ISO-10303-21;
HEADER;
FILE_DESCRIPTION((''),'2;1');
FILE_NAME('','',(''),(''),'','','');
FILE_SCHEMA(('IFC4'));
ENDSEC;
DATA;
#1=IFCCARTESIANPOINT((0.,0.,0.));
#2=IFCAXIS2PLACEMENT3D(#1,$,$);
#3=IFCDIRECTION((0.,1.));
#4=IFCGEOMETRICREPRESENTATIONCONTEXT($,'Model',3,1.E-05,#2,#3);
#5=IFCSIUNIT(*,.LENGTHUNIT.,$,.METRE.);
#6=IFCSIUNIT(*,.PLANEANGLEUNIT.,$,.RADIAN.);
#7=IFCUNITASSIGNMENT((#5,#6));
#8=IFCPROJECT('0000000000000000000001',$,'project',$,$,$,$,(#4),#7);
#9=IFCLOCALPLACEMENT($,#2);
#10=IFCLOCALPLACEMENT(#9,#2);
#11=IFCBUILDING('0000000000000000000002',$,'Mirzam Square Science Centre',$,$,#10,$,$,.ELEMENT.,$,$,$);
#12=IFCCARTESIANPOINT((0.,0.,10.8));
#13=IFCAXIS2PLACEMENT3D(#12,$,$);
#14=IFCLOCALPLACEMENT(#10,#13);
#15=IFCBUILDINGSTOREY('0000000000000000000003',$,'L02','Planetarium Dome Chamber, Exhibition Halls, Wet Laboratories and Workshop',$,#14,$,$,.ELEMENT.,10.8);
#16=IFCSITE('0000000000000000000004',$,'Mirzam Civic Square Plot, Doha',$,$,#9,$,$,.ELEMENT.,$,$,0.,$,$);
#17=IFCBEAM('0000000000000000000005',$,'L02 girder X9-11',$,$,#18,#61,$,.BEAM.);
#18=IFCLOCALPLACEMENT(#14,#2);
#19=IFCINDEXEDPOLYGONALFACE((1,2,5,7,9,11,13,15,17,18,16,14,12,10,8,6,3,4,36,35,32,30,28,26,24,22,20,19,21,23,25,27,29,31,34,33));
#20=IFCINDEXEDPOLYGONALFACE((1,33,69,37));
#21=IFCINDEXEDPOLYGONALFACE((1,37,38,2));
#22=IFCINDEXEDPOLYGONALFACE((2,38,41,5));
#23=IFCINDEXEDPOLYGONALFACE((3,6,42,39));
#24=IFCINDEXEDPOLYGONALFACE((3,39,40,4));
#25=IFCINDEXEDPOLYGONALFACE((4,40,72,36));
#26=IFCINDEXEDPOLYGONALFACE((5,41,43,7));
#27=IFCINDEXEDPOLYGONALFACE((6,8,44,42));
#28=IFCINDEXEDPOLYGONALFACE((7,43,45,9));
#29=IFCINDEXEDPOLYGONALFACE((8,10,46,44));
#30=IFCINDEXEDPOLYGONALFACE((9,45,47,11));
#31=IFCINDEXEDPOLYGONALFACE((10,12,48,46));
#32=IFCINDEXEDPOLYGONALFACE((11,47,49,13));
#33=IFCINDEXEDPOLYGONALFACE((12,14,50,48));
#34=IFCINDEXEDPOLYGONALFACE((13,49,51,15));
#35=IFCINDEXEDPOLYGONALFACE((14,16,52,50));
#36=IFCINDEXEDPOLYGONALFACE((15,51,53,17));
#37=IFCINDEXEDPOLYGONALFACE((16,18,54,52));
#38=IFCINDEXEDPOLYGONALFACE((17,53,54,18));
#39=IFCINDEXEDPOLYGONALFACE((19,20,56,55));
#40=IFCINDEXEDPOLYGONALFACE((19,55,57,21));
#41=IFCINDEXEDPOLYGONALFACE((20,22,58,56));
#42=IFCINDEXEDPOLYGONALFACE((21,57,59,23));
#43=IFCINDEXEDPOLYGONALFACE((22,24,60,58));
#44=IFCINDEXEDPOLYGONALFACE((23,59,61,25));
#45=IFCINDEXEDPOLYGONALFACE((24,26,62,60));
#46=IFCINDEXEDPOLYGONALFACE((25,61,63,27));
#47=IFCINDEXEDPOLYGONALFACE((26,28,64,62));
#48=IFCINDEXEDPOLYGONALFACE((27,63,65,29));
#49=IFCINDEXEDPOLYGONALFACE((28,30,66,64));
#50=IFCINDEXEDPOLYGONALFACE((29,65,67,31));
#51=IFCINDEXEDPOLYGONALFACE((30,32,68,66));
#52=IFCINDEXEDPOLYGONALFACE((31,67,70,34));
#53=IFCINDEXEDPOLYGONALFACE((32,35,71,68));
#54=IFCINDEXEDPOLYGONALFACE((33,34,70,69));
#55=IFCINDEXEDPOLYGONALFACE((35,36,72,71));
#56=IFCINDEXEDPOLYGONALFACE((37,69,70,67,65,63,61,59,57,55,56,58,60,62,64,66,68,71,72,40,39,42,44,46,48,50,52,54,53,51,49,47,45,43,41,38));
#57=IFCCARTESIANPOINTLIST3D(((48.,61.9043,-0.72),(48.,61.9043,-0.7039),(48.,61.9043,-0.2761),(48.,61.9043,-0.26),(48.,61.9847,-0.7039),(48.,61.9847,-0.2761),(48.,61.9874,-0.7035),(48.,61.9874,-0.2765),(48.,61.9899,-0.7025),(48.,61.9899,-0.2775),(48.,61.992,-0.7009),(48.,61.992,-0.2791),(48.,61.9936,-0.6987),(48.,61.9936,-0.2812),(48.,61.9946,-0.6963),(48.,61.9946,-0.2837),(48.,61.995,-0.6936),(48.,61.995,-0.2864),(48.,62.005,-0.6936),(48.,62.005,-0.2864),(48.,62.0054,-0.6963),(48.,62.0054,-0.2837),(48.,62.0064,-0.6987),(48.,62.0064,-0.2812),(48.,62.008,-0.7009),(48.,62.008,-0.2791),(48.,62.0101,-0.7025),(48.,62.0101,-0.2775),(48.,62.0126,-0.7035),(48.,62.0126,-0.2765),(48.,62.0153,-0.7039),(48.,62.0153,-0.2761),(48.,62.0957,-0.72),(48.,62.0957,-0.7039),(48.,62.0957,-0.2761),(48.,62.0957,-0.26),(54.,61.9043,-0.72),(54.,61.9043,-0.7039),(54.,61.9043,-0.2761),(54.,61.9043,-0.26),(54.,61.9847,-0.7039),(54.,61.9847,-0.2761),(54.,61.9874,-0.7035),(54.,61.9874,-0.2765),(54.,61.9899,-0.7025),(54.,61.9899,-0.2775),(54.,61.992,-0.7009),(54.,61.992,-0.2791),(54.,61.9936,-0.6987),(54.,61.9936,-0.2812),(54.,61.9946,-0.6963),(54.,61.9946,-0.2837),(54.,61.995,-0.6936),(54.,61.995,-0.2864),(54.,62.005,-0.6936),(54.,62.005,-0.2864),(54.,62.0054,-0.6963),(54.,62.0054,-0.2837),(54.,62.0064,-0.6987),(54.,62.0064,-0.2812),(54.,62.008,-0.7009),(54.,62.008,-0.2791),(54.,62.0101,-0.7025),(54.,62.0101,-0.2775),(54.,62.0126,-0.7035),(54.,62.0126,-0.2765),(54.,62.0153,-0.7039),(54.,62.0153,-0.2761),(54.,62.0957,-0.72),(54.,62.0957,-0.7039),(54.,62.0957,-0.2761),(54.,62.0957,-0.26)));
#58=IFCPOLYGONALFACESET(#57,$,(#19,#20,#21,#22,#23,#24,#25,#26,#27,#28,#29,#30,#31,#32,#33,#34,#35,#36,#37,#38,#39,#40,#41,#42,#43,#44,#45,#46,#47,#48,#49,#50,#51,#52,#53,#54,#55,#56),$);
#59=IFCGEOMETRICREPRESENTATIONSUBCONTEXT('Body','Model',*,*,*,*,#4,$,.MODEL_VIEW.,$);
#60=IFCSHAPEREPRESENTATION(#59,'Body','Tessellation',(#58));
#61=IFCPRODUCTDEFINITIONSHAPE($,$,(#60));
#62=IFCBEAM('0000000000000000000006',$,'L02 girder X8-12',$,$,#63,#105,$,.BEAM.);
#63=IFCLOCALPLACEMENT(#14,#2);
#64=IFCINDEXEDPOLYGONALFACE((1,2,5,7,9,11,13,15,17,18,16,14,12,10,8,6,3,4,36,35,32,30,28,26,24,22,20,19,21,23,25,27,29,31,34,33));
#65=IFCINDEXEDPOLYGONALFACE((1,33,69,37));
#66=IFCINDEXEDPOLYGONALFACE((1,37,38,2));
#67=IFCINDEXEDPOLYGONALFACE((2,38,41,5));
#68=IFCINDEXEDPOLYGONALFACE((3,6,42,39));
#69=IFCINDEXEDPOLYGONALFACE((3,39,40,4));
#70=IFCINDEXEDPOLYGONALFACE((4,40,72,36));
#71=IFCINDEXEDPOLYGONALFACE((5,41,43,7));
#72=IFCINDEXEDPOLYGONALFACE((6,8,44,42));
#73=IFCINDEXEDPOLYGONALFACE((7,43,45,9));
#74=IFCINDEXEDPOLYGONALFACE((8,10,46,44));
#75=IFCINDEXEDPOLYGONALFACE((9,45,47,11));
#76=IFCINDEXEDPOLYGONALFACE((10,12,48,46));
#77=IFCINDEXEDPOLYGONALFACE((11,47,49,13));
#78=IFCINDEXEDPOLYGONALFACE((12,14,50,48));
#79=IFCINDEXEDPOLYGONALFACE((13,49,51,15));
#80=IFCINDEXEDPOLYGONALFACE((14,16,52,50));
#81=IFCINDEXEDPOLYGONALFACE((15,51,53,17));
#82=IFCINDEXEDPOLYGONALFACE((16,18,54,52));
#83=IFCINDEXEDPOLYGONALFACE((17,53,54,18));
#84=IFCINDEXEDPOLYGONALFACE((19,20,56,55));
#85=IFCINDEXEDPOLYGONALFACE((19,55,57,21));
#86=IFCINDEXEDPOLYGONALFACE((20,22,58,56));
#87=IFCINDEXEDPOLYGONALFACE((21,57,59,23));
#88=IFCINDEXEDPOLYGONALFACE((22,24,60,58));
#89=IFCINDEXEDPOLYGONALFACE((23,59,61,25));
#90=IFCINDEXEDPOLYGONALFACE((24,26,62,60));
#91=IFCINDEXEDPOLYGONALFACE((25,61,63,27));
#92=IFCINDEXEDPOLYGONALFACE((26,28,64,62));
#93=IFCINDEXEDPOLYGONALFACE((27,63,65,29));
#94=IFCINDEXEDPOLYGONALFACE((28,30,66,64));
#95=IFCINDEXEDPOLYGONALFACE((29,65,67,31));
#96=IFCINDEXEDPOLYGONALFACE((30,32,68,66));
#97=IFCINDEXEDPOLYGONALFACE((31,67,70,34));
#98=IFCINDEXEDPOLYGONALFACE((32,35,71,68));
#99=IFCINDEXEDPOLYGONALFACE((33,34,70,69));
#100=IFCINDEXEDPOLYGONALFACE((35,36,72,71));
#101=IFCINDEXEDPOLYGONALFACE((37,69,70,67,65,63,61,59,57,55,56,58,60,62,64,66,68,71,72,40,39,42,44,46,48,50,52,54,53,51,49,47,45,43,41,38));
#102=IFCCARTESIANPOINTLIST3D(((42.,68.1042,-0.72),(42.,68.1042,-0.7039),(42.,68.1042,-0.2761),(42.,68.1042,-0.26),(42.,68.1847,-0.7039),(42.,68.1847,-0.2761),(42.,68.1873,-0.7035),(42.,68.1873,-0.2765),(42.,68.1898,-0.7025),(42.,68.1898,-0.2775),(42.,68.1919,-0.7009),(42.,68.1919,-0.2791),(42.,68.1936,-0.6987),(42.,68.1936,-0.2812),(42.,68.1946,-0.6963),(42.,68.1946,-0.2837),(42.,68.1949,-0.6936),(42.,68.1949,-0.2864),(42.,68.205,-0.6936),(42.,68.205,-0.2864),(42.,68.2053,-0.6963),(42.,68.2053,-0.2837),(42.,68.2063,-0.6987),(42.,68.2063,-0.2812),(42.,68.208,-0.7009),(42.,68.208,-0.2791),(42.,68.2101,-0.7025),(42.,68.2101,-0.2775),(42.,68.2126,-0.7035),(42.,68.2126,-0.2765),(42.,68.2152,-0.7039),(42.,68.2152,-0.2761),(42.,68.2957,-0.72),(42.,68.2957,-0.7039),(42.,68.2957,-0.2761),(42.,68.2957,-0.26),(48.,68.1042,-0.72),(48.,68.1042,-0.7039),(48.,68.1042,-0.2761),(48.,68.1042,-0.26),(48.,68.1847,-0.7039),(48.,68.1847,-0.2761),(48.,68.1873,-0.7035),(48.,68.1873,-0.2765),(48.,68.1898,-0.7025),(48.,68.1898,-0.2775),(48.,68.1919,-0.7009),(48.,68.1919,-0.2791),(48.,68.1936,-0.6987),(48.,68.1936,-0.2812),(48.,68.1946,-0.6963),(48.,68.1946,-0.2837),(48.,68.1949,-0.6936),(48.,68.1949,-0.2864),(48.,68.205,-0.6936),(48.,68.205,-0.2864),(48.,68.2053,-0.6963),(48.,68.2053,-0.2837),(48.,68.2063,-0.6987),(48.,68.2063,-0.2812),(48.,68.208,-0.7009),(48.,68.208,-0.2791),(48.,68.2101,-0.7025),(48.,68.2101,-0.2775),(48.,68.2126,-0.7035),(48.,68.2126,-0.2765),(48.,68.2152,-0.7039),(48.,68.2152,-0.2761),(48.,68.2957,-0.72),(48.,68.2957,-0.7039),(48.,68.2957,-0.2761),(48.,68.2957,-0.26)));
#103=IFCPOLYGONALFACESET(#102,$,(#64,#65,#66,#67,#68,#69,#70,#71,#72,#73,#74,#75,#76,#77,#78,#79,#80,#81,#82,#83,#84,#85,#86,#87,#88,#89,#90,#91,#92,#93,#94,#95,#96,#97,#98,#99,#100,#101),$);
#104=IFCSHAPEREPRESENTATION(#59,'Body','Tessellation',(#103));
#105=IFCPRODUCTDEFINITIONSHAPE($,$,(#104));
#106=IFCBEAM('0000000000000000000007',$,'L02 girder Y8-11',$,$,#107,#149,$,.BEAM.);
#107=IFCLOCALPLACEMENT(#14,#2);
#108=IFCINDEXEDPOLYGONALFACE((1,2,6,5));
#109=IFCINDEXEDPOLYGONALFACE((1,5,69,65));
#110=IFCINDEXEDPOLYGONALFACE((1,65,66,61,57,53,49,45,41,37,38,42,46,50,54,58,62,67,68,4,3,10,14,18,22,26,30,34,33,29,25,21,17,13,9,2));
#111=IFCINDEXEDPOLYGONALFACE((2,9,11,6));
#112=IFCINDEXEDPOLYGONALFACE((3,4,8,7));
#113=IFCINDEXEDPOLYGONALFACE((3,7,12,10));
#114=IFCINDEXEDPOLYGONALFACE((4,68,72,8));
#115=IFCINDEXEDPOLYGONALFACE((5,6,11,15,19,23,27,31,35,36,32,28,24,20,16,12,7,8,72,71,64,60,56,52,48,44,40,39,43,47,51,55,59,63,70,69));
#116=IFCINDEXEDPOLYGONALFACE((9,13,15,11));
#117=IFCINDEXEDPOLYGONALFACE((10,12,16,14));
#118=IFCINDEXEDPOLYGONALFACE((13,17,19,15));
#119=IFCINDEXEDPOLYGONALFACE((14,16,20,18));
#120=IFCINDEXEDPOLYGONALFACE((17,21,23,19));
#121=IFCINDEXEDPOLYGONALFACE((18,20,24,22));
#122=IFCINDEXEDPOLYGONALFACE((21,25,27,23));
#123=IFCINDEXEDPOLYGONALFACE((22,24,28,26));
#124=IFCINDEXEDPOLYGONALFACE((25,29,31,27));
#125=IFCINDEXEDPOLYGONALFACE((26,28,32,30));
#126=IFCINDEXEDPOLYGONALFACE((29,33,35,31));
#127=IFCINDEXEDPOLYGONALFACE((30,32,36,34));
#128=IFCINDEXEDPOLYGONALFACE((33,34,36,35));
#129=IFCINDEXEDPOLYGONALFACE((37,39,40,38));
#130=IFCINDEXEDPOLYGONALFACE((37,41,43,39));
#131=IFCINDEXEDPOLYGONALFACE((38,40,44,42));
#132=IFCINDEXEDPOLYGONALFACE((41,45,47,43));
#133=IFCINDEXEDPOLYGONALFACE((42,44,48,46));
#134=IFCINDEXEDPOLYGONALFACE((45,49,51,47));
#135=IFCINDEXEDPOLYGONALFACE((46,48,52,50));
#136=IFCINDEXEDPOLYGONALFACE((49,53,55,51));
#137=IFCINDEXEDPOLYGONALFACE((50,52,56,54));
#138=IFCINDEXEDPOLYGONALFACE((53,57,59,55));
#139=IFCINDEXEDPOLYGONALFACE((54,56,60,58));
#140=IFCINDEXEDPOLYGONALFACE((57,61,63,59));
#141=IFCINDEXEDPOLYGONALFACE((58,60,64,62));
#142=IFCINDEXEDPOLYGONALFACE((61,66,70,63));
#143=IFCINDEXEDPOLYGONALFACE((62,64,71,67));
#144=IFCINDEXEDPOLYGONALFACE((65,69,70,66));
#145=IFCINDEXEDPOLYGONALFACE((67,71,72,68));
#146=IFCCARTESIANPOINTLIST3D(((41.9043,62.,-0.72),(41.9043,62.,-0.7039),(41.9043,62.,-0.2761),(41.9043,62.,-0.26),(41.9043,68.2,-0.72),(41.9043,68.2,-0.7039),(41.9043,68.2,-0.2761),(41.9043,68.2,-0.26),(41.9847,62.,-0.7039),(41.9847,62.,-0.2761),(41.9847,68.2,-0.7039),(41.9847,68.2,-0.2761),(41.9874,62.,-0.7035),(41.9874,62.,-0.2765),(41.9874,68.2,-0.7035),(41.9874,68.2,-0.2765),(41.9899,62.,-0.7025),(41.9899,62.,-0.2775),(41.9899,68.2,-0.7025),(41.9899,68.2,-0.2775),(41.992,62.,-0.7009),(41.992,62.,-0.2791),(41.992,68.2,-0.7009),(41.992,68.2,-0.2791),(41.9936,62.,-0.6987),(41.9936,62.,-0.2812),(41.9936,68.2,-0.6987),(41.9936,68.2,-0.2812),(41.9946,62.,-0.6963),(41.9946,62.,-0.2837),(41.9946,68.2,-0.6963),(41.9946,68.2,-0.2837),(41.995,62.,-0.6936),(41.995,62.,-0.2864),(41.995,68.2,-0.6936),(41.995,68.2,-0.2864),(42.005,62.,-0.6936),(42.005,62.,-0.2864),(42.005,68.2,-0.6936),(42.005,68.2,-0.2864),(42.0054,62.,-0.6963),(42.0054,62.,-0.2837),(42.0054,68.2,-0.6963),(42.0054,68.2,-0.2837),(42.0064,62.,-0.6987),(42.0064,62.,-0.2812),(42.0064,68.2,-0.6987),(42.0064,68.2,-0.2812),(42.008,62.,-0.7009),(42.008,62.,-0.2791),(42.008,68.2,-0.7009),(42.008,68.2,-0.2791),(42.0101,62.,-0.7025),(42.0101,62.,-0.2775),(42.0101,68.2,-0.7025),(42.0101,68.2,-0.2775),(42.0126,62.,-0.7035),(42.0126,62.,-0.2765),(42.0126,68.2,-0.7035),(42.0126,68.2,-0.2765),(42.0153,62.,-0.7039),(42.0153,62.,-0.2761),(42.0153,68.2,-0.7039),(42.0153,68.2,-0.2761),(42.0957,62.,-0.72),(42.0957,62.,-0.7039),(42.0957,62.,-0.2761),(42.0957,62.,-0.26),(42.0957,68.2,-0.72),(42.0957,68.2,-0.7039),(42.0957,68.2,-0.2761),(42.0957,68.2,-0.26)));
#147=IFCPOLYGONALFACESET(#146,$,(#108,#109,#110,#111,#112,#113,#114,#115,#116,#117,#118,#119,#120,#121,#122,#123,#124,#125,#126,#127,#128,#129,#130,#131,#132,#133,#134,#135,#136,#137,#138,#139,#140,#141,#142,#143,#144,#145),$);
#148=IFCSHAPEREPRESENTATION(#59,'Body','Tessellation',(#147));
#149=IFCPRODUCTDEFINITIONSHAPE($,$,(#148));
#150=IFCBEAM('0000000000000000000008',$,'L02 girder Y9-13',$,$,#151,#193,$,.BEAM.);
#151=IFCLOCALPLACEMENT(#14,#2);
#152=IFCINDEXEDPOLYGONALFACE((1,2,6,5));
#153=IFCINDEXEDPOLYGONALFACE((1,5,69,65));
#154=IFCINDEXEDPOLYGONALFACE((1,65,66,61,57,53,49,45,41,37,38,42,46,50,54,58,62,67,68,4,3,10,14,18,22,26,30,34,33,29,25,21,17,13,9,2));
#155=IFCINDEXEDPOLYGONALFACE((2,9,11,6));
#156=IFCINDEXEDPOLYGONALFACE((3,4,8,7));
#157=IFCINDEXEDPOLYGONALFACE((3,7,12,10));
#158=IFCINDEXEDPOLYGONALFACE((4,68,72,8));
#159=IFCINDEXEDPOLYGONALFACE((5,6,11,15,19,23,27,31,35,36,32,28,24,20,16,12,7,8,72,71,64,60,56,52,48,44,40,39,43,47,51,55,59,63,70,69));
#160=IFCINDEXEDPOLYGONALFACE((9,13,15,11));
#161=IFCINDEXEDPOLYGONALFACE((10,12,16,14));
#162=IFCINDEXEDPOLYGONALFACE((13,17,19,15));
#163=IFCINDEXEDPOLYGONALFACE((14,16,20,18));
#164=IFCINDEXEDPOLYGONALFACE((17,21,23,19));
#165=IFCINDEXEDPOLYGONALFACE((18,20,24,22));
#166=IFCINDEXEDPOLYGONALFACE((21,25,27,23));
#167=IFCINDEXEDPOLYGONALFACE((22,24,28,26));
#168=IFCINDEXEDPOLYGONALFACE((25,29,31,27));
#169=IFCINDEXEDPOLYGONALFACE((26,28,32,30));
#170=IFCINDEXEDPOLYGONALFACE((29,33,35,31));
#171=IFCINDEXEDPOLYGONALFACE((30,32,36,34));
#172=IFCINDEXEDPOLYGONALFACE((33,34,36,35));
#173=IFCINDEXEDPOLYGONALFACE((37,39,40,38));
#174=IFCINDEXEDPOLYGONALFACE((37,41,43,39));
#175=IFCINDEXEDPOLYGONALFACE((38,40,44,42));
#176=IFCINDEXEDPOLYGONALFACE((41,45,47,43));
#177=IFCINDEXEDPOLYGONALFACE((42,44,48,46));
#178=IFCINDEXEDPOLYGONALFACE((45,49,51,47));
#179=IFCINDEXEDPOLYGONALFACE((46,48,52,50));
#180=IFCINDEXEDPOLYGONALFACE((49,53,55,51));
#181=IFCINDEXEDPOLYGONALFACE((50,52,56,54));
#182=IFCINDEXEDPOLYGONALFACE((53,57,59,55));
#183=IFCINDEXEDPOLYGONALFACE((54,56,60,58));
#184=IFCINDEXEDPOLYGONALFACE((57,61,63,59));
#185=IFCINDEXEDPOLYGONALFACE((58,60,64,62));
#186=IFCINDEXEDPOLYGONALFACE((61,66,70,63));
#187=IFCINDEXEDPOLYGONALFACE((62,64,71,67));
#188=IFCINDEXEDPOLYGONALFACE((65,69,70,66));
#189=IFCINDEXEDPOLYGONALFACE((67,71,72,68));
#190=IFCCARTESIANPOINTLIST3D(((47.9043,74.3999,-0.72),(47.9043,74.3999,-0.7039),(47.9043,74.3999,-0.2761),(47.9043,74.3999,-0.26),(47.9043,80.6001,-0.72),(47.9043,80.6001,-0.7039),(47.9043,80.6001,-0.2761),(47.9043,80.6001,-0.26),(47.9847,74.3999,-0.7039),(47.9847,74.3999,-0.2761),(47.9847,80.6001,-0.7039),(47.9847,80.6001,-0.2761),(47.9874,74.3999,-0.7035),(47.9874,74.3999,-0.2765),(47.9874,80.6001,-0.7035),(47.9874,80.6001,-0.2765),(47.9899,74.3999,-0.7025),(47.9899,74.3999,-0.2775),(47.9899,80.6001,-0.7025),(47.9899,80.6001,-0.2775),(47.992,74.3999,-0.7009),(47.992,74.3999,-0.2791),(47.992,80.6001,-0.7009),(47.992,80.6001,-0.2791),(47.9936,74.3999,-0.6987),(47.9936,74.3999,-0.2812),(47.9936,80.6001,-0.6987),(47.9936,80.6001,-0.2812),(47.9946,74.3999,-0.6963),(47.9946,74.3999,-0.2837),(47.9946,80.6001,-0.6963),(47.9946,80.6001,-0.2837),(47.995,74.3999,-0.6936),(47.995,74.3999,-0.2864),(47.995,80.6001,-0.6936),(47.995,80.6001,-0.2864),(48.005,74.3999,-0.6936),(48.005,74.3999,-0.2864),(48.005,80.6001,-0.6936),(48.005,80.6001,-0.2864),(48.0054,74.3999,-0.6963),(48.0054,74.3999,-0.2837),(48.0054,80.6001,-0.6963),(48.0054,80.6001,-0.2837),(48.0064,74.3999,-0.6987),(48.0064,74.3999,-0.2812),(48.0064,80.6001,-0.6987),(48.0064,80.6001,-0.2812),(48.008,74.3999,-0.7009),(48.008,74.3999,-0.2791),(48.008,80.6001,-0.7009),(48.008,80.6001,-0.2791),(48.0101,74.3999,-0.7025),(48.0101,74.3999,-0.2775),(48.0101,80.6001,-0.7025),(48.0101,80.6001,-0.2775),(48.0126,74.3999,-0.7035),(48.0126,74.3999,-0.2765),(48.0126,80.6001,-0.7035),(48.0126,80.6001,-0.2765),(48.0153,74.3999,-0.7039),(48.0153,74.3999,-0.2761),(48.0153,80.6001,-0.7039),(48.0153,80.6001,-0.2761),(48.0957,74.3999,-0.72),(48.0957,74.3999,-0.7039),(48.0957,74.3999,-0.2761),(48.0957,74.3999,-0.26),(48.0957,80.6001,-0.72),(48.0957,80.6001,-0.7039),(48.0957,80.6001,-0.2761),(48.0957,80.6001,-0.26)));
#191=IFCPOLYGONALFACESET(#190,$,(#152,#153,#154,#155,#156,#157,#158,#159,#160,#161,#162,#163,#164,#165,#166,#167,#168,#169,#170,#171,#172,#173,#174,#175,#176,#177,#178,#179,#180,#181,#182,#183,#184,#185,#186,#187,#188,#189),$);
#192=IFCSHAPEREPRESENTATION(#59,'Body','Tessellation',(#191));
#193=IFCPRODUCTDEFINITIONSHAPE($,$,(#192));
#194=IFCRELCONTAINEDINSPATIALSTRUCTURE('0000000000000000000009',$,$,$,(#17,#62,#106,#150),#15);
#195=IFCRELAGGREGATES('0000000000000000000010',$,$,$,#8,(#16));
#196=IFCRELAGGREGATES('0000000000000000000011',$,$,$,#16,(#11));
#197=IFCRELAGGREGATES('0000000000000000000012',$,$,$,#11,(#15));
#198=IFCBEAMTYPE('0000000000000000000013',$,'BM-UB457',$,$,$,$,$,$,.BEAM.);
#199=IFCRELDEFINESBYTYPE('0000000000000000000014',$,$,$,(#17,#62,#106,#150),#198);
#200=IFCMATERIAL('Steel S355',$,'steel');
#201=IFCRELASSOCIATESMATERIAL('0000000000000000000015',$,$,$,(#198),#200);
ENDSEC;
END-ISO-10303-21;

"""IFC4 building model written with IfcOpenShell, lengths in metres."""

from ifc_helpers import new_model, si_unit, direction, frame, origin, origin_2d, place, context, subcontext, project, spatial, i_section, extrude, material, material_profile, profile_set, type_object, element, save


model = new_model("IFC4")

# Units and contexts
model_context = context("Model", 3, precision=1e-05, world=origin(), true_north=direction((0.0, 1.0)))
body_context = subcontext(model_context, "Body", "Model", "MODEL_VIEW")
ifc_project = project(units=[si_unit("LENGTHUNIT", "METRE"), si_unit("PLANEANGLEUNIT", "RADIAN")], contexts=[model_context])

# Site, building, storey
site_placement = place(None, origin())
site = spatial("IfcSite", under=ifc_project, at=site_placement, Name="Mirzam Civic Square Plot, Doha", CompositionType="ELEMENT", RefElevation=0.0)
building_placement = place(site_placement, origin())
building = spatial("IfcBuilding", under=site, at=building_placement, Name="Mirzam Square Science Centre", CompositionType="ELEMENT")
storey_placement = place(building_placement, frame((0.0, 0.0, 10.8)))
storey = spatial("IfcBuildingStorey", under=building, at=storey_placement, Name="L02", Description="Planetarium Dome Chamber, Exhibition Halls, Wet Laboratories and Workshop", CompositionType="ELEMENT", Elevation=10.8)

# Shared definitions
ifc_material_1 = material(Name="Steel S355", Category="steel")

# Beams
ifc_material_profile_1 = material_profile(ifc_material_1, i_section(OverallWidth=0.1914, OverallDepth=0.46, WebThickness=0.01, FlangeThickness=0.0161, FilletRadius=0.0103, at=origin_2d()), Name="457x191x82UB")
ifc_profile_set_1 = profile_set([ifc_material_profile_1], Name="Steel S355")
beam_type_1 = type_object("IfcBeamType", Name="BM-UB457", PredefinedType="BEAM", material=ifc_profile_set_1)
for number, where, z_axis, x_axis, name in (
    (1, (48.0, 62.0, -0.49), (1.0, 0.0, 0.0), (0.0, 1.0, 0.0), "L02 girder X9-11"),
    (2, (42.0, 68.2, -0.49), (1.0, 0.0, 0.0), (0.0, 1.0, 0.0), "L02 girder X8-12"),
):
    element("IfcBeam", number, at=place(storey_placement, frame(where, z_axis=z_axis, x_axis=x_axis)), inside=storey, type_object=beam_type_1, Name=name, PredefinedType="BEAM", context=body_context, shape_type="SweptSolid", body=[
        extrude(i_section(OverallWidth=0.1914, OverallDepth=0.46, WebThickness=0.01, FlangeThickness=0.0161, FilletRadius=0.0103, at=origin_2d()), origin(), (0.0, 0.0, 1.0), 6.0),
    ])
beam_1_placement = place(storey_placement, frame((42.0, 62.0, -0.49), z_axis=(0.0, 1.0, 0.0), x_axis=(-1.0, 0.0, 0.0)))
element("IfcBeam", 3, at=beam_1_placement, inside=storey, type_object=beam_type_1, Name="L02 girder Y8-11", PredefinedType="BEAM", context=body_context, shape_type="SweptSolid", body=[
    extrude(i_section(OverallWidth=0.1914, OverallDepth=0.46, WebThickness=0.01, FlangeThickness=0.0161, FilletRadius=0.0103, at=origin_2d()), origin(), (0.0, 0.0, 1.0), 6.2),
])
beam_2_placement = place(storey_placement, frame((48.0, 74.3999, -0.49), z_axis=(0.0, 1.0, 0.0), x_axis=(-1.0, 0.0, 0.0)))
element("IfcBeam", 4, at=beam_2_placement, inside=storey, type_object=beam_type_1, Name="L02 girder Y9-13", PredefinedType="BEAM", context=body_context, shape_type="SweptSolid", body=[
    extrude(i_section(OverallWidth=0.1914, OverallDepth=0.46, WebThickness=0.01, FlangeThickness=0.0161, FilletRadius=0.0103, at=origin_2d()), origin(), (0.0, 0.0, 1.0), 6.2002),
])

save(model, "model.ifc")
